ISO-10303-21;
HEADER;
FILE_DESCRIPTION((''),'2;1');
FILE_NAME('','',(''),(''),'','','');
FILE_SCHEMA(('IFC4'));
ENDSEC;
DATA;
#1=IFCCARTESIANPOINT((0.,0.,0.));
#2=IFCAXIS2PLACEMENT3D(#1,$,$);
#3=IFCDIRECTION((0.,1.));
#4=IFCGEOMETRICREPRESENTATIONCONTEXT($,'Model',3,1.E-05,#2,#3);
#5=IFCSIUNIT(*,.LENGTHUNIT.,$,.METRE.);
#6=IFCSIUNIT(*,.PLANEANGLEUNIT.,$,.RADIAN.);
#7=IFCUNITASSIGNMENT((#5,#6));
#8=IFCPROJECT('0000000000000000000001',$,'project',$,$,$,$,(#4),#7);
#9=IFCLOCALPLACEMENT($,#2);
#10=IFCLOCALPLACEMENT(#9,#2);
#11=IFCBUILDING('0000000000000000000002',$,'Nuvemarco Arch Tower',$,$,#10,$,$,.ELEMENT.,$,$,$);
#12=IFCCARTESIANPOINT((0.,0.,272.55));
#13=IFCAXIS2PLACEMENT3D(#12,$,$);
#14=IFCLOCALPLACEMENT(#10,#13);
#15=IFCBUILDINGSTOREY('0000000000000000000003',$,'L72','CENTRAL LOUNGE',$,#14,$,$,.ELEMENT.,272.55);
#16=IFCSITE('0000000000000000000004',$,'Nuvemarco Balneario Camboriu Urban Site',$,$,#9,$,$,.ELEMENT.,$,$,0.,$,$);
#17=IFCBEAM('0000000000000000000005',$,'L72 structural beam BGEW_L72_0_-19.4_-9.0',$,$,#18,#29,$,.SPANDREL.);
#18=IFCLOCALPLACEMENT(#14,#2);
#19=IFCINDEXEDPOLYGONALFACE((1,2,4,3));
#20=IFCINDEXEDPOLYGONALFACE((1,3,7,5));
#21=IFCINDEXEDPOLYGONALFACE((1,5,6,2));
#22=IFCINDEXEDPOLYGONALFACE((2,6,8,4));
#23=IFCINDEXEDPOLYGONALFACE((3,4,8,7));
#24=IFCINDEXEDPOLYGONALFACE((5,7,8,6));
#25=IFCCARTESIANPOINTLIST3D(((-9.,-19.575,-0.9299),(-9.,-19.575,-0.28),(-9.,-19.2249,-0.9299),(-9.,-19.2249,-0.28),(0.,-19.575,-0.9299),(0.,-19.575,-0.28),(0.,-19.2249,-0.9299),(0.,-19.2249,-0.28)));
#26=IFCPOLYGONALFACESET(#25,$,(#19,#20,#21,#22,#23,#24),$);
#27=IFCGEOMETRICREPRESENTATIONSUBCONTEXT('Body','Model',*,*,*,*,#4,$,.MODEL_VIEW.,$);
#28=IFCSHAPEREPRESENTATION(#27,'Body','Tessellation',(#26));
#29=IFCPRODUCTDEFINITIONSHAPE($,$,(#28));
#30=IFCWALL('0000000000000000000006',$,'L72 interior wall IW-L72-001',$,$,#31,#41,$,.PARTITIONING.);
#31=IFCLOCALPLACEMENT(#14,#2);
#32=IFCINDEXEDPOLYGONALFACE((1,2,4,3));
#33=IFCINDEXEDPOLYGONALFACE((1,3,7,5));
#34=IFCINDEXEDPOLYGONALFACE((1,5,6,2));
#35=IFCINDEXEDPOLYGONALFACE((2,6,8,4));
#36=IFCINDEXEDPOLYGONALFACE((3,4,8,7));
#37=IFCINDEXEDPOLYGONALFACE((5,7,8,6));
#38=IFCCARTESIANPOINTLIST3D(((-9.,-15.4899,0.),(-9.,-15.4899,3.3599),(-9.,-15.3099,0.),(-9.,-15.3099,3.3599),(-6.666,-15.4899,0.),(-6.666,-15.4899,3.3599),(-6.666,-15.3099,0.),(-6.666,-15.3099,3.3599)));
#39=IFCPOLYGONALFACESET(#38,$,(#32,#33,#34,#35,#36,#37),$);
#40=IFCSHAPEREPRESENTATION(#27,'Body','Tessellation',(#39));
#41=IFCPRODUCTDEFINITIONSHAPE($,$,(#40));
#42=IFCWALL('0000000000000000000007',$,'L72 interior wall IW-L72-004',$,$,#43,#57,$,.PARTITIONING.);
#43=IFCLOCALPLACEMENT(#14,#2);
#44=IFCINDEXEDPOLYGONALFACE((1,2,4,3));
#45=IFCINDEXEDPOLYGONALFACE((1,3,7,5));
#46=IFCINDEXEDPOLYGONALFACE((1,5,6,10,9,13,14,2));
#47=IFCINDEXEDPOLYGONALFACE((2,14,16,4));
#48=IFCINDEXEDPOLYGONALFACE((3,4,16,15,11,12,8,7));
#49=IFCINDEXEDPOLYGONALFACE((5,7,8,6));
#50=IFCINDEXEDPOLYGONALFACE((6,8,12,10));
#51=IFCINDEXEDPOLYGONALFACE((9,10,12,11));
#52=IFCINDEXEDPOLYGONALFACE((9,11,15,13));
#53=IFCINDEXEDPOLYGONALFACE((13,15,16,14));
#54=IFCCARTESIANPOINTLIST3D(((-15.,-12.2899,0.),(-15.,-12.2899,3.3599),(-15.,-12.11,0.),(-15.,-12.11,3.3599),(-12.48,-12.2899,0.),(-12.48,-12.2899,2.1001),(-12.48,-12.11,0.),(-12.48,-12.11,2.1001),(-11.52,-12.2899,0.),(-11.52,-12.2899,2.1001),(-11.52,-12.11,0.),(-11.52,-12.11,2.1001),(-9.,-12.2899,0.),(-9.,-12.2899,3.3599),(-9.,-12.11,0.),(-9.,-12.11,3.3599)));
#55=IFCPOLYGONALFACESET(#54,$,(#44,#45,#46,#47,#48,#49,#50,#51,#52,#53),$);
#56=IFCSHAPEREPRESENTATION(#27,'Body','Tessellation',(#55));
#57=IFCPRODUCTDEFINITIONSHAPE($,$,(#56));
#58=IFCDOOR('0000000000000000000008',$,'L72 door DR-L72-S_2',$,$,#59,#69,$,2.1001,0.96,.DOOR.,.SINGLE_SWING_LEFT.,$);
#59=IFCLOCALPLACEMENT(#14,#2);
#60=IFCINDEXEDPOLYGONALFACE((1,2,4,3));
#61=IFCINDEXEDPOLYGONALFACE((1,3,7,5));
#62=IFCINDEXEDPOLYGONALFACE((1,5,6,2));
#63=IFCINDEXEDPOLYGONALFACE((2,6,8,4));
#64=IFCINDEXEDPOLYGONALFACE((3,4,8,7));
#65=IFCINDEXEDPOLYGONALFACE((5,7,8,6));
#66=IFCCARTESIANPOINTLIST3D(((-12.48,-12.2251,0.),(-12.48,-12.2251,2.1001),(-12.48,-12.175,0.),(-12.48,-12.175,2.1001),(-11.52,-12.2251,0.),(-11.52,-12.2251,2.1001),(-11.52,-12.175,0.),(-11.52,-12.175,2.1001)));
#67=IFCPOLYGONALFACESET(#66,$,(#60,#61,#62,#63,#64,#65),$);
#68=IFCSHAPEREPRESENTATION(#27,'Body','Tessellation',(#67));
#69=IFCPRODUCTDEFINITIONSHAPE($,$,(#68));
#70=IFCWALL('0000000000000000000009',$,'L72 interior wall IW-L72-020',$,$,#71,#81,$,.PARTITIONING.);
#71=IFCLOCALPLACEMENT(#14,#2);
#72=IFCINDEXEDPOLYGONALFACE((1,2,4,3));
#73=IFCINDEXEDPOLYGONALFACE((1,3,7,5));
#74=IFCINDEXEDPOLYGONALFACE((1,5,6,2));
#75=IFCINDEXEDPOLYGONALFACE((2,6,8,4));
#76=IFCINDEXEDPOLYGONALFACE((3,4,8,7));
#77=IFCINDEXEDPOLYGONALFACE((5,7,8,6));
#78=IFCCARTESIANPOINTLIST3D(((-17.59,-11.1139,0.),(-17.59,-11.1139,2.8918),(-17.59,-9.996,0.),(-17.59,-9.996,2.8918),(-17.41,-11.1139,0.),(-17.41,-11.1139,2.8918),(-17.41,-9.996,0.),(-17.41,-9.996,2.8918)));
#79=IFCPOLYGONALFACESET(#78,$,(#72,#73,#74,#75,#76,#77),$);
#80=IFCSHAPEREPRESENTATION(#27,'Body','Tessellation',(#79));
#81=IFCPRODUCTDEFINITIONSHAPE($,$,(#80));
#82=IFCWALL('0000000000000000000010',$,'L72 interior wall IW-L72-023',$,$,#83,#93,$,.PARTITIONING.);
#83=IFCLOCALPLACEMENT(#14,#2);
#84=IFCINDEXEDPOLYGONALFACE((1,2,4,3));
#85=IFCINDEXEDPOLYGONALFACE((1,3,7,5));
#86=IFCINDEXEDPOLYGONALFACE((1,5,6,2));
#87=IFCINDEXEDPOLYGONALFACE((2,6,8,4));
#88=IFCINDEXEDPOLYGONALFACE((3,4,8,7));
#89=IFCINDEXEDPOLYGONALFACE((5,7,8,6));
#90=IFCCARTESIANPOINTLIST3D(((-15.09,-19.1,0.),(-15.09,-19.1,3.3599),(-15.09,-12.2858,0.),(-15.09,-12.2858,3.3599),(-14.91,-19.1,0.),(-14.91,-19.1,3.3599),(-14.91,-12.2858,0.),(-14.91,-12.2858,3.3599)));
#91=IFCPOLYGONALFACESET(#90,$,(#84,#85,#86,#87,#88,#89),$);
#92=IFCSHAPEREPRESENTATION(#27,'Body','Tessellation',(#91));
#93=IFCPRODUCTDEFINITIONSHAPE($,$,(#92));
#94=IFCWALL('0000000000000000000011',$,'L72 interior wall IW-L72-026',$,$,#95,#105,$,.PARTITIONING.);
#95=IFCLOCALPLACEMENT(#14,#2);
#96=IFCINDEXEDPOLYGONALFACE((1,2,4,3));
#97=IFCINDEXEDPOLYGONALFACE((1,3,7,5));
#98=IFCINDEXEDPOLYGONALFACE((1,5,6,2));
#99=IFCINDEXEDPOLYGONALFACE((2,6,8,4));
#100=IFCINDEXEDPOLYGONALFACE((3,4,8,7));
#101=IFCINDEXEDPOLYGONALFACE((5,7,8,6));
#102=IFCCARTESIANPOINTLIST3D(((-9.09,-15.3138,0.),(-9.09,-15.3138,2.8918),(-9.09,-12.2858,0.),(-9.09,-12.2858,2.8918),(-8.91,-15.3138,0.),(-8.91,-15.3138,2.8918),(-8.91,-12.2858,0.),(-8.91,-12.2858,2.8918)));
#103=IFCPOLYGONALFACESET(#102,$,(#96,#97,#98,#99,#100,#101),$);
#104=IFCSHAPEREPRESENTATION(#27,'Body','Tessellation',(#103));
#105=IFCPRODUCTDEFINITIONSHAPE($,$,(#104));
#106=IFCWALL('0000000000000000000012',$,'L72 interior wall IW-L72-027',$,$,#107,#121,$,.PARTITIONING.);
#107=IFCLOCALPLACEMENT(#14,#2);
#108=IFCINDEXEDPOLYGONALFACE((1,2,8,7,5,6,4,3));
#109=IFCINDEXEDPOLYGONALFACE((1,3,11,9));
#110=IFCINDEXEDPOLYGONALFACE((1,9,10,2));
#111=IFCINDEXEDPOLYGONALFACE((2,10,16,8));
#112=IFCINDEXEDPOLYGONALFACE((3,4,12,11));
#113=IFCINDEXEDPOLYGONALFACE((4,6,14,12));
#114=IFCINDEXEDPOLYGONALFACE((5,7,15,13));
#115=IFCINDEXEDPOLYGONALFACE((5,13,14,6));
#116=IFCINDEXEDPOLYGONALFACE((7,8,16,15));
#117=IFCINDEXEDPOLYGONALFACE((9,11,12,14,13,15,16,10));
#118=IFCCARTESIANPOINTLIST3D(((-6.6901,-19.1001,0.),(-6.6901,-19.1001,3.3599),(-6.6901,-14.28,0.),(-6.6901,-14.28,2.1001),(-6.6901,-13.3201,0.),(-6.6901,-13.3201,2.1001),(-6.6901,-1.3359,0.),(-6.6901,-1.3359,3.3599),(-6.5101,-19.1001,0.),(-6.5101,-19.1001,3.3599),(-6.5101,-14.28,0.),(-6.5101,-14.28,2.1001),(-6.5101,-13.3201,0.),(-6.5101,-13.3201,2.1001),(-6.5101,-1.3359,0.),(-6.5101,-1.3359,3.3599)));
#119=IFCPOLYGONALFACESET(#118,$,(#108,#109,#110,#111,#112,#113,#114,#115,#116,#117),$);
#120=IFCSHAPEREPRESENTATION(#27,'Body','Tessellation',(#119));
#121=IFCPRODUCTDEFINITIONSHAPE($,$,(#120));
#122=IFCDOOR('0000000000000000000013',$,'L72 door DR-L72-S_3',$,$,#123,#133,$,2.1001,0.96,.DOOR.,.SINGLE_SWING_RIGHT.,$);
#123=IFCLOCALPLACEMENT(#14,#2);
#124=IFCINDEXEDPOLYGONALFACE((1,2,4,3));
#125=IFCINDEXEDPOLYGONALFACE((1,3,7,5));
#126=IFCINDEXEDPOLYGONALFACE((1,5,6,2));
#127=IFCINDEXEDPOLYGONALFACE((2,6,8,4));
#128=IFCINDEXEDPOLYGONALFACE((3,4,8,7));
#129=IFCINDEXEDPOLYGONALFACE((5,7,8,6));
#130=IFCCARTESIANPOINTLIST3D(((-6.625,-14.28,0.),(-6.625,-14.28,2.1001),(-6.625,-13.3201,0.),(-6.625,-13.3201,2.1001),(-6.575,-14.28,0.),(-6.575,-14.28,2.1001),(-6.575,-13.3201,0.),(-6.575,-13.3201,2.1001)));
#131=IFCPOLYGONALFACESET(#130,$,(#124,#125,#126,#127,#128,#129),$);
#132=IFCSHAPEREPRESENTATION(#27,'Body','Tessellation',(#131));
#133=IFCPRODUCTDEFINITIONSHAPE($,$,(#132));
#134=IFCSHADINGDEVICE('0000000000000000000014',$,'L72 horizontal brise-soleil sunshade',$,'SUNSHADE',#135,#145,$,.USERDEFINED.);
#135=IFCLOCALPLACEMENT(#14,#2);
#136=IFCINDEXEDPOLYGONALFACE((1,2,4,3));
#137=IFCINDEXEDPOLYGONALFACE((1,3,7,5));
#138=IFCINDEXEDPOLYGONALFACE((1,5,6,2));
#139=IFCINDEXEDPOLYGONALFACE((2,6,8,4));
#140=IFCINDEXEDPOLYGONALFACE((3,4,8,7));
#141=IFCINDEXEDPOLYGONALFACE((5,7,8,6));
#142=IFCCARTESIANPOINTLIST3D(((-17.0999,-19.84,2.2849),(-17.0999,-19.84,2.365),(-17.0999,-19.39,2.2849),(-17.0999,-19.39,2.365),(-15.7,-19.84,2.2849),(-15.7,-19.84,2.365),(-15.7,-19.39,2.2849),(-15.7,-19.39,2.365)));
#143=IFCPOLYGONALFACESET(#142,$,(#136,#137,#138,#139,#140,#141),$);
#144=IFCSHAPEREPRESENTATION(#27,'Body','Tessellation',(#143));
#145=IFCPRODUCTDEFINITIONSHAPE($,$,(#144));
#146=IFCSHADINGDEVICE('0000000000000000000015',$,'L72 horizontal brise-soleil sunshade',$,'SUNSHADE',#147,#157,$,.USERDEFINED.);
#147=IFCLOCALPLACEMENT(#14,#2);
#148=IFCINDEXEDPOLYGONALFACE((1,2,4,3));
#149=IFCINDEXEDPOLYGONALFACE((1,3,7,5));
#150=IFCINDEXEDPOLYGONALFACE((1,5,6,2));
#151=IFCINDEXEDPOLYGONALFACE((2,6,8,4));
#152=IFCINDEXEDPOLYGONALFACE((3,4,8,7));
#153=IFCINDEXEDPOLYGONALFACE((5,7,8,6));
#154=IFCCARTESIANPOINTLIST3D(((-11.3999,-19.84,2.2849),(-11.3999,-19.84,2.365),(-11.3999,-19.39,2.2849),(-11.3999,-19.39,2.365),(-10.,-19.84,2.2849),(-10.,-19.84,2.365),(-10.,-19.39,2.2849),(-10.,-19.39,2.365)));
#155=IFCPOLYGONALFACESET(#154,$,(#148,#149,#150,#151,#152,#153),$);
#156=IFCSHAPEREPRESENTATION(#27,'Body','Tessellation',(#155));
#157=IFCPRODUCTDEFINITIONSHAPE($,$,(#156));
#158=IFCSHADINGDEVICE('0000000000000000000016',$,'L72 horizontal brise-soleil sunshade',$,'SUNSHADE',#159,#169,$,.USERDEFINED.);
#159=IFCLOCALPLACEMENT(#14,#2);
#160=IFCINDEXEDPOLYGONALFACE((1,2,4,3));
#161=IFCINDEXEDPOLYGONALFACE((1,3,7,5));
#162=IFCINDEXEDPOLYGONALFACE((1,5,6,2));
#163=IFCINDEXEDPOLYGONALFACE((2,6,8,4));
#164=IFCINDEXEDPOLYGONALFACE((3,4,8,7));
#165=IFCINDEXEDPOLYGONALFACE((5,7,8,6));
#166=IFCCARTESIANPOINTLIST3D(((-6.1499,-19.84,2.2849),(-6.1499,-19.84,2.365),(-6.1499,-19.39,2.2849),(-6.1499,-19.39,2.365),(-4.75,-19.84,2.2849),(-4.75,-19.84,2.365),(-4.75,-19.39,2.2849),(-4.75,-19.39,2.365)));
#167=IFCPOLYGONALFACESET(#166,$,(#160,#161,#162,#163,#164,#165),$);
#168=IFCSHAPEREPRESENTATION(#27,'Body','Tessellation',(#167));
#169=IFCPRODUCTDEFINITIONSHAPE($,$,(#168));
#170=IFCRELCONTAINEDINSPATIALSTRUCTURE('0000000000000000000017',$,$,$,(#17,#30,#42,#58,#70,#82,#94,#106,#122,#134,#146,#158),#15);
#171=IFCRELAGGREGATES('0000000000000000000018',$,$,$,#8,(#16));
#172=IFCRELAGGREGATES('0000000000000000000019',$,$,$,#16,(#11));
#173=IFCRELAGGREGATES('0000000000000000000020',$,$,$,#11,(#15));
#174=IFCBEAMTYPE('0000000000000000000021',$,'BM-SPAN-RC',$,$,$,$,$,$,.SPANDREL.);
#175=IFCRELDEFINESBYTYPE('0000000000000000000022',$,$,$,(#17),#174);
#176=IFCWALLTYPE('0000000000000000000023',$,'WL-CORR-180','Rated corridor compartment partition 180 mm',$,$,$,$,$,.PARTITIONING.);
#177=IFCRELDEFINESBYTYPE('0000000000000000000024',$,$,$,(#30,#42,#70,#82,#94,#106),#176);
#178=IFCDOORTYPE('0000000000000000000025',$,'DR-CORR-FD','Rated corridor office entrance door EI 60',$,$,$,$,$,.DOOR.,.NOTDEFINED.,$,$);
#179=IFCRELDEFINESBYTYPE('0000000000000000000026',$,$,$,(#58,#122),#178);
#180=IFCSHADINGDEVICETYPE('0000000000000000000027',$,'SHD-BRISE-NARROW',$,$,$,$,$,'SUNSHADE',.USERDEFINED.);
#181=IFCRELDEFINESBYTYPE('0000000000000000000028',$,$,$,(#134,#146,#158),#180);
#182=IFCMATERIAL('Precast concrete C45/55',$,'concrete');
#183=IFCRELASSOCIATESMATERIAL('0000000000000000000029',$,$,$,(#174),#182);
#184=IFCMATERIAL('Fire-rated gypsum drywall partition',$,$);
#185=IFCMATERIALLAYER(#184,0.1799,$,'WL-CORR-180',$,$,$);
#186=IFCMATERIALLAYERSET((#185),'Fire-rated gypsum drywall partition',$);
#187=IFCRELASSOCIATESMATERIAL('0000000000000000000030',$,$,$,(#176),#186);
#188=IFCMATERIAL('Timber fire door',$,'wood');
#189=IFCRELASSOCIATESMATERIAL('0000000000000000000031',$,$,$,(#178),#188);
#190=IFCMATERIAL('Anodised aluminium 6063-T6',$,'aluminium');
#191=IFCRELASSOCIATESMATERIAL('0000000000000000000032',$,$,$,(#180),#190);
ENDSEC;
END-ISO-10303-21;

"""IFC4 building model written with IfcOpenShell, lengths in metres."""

from ifc_helpers import new_model, si_unit, direction, frame, frame_2d, origin, origin_2d, place, context, subcontext, project, spatial, rectangle, extrude, source, transform, mapped, material, layer, layer_set, material_profile, profile_set, type_object, type_shapes, element, fill, save


model = new_model("IFC4")

# Units and contexts
model_context = context("Model", 3, precision=1e-05, world=origin(), true_north=direction((0.0, 1.0)))
body_context = subcontext(model_context, "Body", "Model", "MODEL_VIEW")
ifc_project = project(units=[si_unit("LENGTHUNIT", "METRE"), si_unit("PLANEANGLEUNIT", "RADIAN")], contexts=[model_context])

# Site, building, storey
site_placement = place(None, origin())
site = spatial("IfcSite", under=ifc_project, at=site_placement, Name="Nuvemarco Balneario Camboriu Urban Site", CompositionType="ELEMENT", RefElevation=0.0)
building_placement = place(site_placement, origin())
building = spatial("IfcBuilding", under=site, at=building_placement, Name="Nuvemarco Arch Tower", CompositionType="ELEMENT")
storey_placement = place(building_placement, frame((0.0, 0.0, 272.55)))
storey = spatial("IfcBuildingStorey", under=building, at=storey_placement, Name="L72", Description="CENTRAL LOUNGE", CompositionType="ELEMENT", Elevation=272.55)

# Beam
ifc_material_1 = material(Name="Precast concrete C45/55", Category="concrete")
ifc_material_profile_1 = material_profile(ifc_material_1, rectangle(XDim=0.3501, YDim=0.6499, at=origin_2d()), Name="PC-SP-350x650")
ifc_profile_set_1 = profile_set([ifc_material_profile_1], Name="Precast concrete C45/55")
beam_type_1 = type_object("IfcBeamType", Name="BM-SPAN-RC", PredefinedType="SPANDREL", material=ifc_profile_set_1)
beam_1_placement = place(storey_placement, frame((-9.0, -19.3999, -0.605), z_axis=(1.0, 0.0, 0.0), x_axis=(0.0, 1.0, 0.0)))
element("IfcBeam", 1, at=beam_1_placement, inside=storey, type_object=beam_type_1, Name="L72 structural beam BGEW_L72_0_-19.4_-9.0", PredefinedType="SPANDREL", context=body_context, shape_type="SweptSolid", body=[
    extrude(rectangle(XDim=0.3501, YDim=0.6499, at=origin_2d()), origin(), (0.0, 0.0, 1.0), 9.0),
])

# Wall
ifc_material_2 = material(Name="Fire-rated gypsum drywall partition")
ifc_layer = layer(ifc_material_2, 0.1799, Name="WL-CORR-180")
ifc_layer_set = layer_set([ifc_layer], Name="Fire-rated gypsum drywall partition")
wall_type = type_object("IfcWallType", Name="WL-CORR-180", Description="Rated corridor compartment partition 180 mm", PredefinedType="PARTITIONING", material=ifc_layer_set)
wall_1_placement = place(storey_placement, frame((-9.0, -15.3999, 0.0), z_axis=(0.0, 0.0, 1.0), x_axis=(1.0, 0.0, 0.0)))
element("IfcWall", 2, at=wall_1_placement, inside=storey, type_object=wall_type, Name="L72 interior wall IW-L72-001", PredefinedType="PARTITIONING", context=body_context, shape_type="SweptSolid", body=[
    extrude(rectangle(XDim=2.334, YDim=0.1799, at=frame_2d((1.167, 0.0))), origin(), (0.0, 0.0, 1.0), 3.3599),
])

# Wall, opening, door
wall_2_placement = place(storey_placement, frame((-15.0, -12.2, 0.0), z_axis=(0.0, 0.0, 1.0), x_axis=(1.0, 0.0, 0.0)))
wall_2 = element("IfcWall", 3, at=wall_2_placement, inside=storey, type_object=wall_type, Name="L72 interior wall IW-L72-004", PredefinedType="PARTITIONING", context=body_context, shape_type="SweptSolid", body=[
    extrude(rectangle(XDim=6.0, YDim=0.1799, at=frame_2d((3.0, 0.0))), origin(), (0.0, 0.0, 1.0), 3.3599),
])
opening_1_placement = place(wall_2_placement, frame((2.52, 0.0, 0.0)))
opening_1 = element("IfcOpeningElement", 4, at=opening_1_placement, cuts=wall_2, PredefinedType="OPENING", context=body_context, shape_type="SweptSolid", body=[
    extrude(rectangle(XDim=0.96, YDim=2.1001, at=frame_2d((0.48, 1.05))), frame((0.0, 0.0999, 0.0), z_axis=(0.0, -1.0, 0.0), x_axis=(1.0, 0.0, 0.0)), (0.0, 0.0, 1.0), 0.2),
])
ifc_material_3 = material(Name="Timber fire door", Category="wood")
door_type = type_object("IfcDoorType", Name="DR-CORR-FD", Description="Rated corridor office entrance door EI 60", OperationType="NOTDEFINED", PredefinedType="DOOR", material=ifc_material_3)
shared_shape_1 = source(origin(), body_context, "Body", "SweptSolid", [
    extrude(rectangle(XDim=0.96, YDim=2.1001, at=frame_2d((0.48, 1.05))), frame((0.0, 0.0249, 0.0), z_axis=(0.0, -1.0, 0.0), x_axis=(1.0, 0.0, 0.0)), (0.0, 0.0, 1.0), 0.05),
])
type_shapes(door_type, [shared_shape_1])
door_1_placement = place(opening_1_placement, origin())
door_1 = element("IfcDoor", 5, at=door_1_placement, inside=storey, type_object=door_type, Name="L72 door DR-L72-S_2", OperationType="SINGLE_SWING_LEFT", OverallHeight=2.1001, OverallWidth=0.96, PredefinedType="DOOR", context=body_context, shape_type="MappedRepresentation", body=[
    mapped(shared_shape_1, transform((0.0, 0.0, 0.0), scale=1.0)),
])
fill(opening_1, door_1)

# Walls
wall_3_placement = place(storey_placement, frame((-17.5, -11.114, 0.0), z_axis=(0.0, 0.0, 1.0), x_axis=(0.0, 1.0, 0.0)))
element("IfcWall", 6, at=wall_3_placement, inside=storey, type_object=wall_type, Name="L72 interior wall IW-L72-020", PredefinedType="PARTITIONING", context=body_context, shape_type="SweptSolid", body=[
    extrude(rectangle(XDim=1.1179, YDim=0.1799, at=frame_2d((0.5591, 0.0))), origin(), (0.0, 0.0, 1.0), 2.8918),
])
wall_4_placement = place(storey_placement, frame((-15.0, -19.1001, 0.0), z_axis=(0.0, 0.0, 1.0), x_axis=(0.0, 1.0, 0.0)))
element("IfcWall", 7, at=wall_4_placement, inside=storey, type_object=wall_type, Name="L72 interior wall IW-L72-023", PredefinedType="PARTITIONING", context=body_context, shape_type="SweptSolid", body=[
    extrude(rectangle(XDim=6.8142, YDim=0.1799, at=frame_2d((3.4072, 0.0))), origin(), (0.0, 0.0, 1.0), 3.3599),
])
wall_5_placement = place(storey_placement, frame((-9.0, -15.314, 0.0), z_axis=(0.0, 0.0, 1.0), x_axis=(0.0, 1.0, 0.0)))
element("IfcWall", 8, at=wall_5_placement, inside=storey, type_object=wall_type, Name="L72 interior wall IW-L72-026", PredefinedType="PARTITIONING", context=body_context, shape_type="SweptSolid", body=[
    extrude(rectangle(XDim=3.0281, YDim=0.1799, at=frame_2d((1.5142, 0.0))), origin(), (0.0, 0.0, 1.0), 2.8918),
])

# Wall, opening, door
wall_6_placement = place(storey_placement, frame((-6.6001, -19.1001, 0.0), z_axis=(0.0, 0.0, 1.0), x_axis=(0.0, 1.0, 0.0)))
wall_6 = element("IfcWall", 9, at=wall_6_placement, inside=storey, type_object=wall_type, Name="L72 interior wall IW-L72-027", PredefinedType="PARTITIONING", context=body_context, shape_type="SweptSolid", body=[
    extrude(rectangle(XDim=17.7642, YDim=0.1799, at=frame_2d((8.8821, 0.0))), origin(), (0.0, 0.0, 1.0), 3.3599),
])
opening_2_placement = place(wall_6_placement, frame((4.8201, 0.0, 0.0)))
opening_2 = element("IfcOpeningElement", 10, at=opening_2_placement, cuts=wall_6, PredefinedType="OPENING", context=body_context, shape_type="SweptSolid", body=[
    extrude(rectangle(XDim=0.96, YDim=2.1001, at=frame_2d((0.48, 1.05))), frame((0.0, 0.0999, 0.0), z_axis=(0.0, -1.0, 0.0), x_axis=(1.0, 0.0, 0.0)), (0.0, 0.0, 1.0), 0.2),
])
door_2_placement = place(opening_2_placement, origin())
door_2 = element("IfcDoor", 11, at=door_2_placement, inside=storey, type_object=door_type, Name="L72 door DR-L72-S_3", OperationType="SINGLE_SWING_RIGHT", OverallHeight=2.1001, OverallWidth=0.96, PredefinedType="DOOR", context=body_context, shape_type="MappedRepresentation", body=[
    mapped(shared_shape_1, transform((0.0, 0.0, 0.0), scale=1.0)),
])
fill(opening_2, door_2)

# Shading devices
ifc_material_4 = material(Name="Anodised aluminium 6063-T6", Category="aluminium")
shading_device_type = type_object("IfcShadingDeviceType", Name="SHD-BRISE-NARROW", ElementType="SUNSHADE", PredefinedType="USERDEFINED", material=ifc_material_4)
shared_shape_2 = source(origin(), body_context, "Body", "SweptSolid", [
    extrude(rectangle(XDim=1.3999, YDim=0.45, at=origin_2d()), origin(), (0.0, 0.0, 1.0), 0.0801),
])
type_shapes(shading_device_type, [shared_shape_2])
for number, where, z_axis, x_axis, name in (
    (12, (-16.3999, -19.615, 2.2849), (0.0, 0.0, 1.0), (1.0, 0.0, 0.0), "L72 horizontal brise-soleil sunshade"),
    (13, (-10.7, -19.615, 2.2849), (0.0, 0.0, 1.0), (1.0, 0.0, 0.0), "L72 horizontal brise-soleil sunshade"),
    (14, (-5.45, -19.615, 2.2849), (0.0, 0.0, 1.0), (1.0, 0.0, 0.0), "L72 horizontal brise-soleil sunshade"),
):
    element("IfcShadingDevice", number, at=place(storey_placement, frame(where, z_axis=z_axis, x_axis=x_axis)), inside=storey, type_object=shading_device_type, Name=name, ObjectType="SUNSHADE", PredefinedType="USERDEFINED", context=body_context, shape_type="MappedRepresentation", body=[
        mapped(shared_shape_2, transform((0.0, 0.0, 0.0), scale=1.0)),
    ])

save(model, "model.ifc")
